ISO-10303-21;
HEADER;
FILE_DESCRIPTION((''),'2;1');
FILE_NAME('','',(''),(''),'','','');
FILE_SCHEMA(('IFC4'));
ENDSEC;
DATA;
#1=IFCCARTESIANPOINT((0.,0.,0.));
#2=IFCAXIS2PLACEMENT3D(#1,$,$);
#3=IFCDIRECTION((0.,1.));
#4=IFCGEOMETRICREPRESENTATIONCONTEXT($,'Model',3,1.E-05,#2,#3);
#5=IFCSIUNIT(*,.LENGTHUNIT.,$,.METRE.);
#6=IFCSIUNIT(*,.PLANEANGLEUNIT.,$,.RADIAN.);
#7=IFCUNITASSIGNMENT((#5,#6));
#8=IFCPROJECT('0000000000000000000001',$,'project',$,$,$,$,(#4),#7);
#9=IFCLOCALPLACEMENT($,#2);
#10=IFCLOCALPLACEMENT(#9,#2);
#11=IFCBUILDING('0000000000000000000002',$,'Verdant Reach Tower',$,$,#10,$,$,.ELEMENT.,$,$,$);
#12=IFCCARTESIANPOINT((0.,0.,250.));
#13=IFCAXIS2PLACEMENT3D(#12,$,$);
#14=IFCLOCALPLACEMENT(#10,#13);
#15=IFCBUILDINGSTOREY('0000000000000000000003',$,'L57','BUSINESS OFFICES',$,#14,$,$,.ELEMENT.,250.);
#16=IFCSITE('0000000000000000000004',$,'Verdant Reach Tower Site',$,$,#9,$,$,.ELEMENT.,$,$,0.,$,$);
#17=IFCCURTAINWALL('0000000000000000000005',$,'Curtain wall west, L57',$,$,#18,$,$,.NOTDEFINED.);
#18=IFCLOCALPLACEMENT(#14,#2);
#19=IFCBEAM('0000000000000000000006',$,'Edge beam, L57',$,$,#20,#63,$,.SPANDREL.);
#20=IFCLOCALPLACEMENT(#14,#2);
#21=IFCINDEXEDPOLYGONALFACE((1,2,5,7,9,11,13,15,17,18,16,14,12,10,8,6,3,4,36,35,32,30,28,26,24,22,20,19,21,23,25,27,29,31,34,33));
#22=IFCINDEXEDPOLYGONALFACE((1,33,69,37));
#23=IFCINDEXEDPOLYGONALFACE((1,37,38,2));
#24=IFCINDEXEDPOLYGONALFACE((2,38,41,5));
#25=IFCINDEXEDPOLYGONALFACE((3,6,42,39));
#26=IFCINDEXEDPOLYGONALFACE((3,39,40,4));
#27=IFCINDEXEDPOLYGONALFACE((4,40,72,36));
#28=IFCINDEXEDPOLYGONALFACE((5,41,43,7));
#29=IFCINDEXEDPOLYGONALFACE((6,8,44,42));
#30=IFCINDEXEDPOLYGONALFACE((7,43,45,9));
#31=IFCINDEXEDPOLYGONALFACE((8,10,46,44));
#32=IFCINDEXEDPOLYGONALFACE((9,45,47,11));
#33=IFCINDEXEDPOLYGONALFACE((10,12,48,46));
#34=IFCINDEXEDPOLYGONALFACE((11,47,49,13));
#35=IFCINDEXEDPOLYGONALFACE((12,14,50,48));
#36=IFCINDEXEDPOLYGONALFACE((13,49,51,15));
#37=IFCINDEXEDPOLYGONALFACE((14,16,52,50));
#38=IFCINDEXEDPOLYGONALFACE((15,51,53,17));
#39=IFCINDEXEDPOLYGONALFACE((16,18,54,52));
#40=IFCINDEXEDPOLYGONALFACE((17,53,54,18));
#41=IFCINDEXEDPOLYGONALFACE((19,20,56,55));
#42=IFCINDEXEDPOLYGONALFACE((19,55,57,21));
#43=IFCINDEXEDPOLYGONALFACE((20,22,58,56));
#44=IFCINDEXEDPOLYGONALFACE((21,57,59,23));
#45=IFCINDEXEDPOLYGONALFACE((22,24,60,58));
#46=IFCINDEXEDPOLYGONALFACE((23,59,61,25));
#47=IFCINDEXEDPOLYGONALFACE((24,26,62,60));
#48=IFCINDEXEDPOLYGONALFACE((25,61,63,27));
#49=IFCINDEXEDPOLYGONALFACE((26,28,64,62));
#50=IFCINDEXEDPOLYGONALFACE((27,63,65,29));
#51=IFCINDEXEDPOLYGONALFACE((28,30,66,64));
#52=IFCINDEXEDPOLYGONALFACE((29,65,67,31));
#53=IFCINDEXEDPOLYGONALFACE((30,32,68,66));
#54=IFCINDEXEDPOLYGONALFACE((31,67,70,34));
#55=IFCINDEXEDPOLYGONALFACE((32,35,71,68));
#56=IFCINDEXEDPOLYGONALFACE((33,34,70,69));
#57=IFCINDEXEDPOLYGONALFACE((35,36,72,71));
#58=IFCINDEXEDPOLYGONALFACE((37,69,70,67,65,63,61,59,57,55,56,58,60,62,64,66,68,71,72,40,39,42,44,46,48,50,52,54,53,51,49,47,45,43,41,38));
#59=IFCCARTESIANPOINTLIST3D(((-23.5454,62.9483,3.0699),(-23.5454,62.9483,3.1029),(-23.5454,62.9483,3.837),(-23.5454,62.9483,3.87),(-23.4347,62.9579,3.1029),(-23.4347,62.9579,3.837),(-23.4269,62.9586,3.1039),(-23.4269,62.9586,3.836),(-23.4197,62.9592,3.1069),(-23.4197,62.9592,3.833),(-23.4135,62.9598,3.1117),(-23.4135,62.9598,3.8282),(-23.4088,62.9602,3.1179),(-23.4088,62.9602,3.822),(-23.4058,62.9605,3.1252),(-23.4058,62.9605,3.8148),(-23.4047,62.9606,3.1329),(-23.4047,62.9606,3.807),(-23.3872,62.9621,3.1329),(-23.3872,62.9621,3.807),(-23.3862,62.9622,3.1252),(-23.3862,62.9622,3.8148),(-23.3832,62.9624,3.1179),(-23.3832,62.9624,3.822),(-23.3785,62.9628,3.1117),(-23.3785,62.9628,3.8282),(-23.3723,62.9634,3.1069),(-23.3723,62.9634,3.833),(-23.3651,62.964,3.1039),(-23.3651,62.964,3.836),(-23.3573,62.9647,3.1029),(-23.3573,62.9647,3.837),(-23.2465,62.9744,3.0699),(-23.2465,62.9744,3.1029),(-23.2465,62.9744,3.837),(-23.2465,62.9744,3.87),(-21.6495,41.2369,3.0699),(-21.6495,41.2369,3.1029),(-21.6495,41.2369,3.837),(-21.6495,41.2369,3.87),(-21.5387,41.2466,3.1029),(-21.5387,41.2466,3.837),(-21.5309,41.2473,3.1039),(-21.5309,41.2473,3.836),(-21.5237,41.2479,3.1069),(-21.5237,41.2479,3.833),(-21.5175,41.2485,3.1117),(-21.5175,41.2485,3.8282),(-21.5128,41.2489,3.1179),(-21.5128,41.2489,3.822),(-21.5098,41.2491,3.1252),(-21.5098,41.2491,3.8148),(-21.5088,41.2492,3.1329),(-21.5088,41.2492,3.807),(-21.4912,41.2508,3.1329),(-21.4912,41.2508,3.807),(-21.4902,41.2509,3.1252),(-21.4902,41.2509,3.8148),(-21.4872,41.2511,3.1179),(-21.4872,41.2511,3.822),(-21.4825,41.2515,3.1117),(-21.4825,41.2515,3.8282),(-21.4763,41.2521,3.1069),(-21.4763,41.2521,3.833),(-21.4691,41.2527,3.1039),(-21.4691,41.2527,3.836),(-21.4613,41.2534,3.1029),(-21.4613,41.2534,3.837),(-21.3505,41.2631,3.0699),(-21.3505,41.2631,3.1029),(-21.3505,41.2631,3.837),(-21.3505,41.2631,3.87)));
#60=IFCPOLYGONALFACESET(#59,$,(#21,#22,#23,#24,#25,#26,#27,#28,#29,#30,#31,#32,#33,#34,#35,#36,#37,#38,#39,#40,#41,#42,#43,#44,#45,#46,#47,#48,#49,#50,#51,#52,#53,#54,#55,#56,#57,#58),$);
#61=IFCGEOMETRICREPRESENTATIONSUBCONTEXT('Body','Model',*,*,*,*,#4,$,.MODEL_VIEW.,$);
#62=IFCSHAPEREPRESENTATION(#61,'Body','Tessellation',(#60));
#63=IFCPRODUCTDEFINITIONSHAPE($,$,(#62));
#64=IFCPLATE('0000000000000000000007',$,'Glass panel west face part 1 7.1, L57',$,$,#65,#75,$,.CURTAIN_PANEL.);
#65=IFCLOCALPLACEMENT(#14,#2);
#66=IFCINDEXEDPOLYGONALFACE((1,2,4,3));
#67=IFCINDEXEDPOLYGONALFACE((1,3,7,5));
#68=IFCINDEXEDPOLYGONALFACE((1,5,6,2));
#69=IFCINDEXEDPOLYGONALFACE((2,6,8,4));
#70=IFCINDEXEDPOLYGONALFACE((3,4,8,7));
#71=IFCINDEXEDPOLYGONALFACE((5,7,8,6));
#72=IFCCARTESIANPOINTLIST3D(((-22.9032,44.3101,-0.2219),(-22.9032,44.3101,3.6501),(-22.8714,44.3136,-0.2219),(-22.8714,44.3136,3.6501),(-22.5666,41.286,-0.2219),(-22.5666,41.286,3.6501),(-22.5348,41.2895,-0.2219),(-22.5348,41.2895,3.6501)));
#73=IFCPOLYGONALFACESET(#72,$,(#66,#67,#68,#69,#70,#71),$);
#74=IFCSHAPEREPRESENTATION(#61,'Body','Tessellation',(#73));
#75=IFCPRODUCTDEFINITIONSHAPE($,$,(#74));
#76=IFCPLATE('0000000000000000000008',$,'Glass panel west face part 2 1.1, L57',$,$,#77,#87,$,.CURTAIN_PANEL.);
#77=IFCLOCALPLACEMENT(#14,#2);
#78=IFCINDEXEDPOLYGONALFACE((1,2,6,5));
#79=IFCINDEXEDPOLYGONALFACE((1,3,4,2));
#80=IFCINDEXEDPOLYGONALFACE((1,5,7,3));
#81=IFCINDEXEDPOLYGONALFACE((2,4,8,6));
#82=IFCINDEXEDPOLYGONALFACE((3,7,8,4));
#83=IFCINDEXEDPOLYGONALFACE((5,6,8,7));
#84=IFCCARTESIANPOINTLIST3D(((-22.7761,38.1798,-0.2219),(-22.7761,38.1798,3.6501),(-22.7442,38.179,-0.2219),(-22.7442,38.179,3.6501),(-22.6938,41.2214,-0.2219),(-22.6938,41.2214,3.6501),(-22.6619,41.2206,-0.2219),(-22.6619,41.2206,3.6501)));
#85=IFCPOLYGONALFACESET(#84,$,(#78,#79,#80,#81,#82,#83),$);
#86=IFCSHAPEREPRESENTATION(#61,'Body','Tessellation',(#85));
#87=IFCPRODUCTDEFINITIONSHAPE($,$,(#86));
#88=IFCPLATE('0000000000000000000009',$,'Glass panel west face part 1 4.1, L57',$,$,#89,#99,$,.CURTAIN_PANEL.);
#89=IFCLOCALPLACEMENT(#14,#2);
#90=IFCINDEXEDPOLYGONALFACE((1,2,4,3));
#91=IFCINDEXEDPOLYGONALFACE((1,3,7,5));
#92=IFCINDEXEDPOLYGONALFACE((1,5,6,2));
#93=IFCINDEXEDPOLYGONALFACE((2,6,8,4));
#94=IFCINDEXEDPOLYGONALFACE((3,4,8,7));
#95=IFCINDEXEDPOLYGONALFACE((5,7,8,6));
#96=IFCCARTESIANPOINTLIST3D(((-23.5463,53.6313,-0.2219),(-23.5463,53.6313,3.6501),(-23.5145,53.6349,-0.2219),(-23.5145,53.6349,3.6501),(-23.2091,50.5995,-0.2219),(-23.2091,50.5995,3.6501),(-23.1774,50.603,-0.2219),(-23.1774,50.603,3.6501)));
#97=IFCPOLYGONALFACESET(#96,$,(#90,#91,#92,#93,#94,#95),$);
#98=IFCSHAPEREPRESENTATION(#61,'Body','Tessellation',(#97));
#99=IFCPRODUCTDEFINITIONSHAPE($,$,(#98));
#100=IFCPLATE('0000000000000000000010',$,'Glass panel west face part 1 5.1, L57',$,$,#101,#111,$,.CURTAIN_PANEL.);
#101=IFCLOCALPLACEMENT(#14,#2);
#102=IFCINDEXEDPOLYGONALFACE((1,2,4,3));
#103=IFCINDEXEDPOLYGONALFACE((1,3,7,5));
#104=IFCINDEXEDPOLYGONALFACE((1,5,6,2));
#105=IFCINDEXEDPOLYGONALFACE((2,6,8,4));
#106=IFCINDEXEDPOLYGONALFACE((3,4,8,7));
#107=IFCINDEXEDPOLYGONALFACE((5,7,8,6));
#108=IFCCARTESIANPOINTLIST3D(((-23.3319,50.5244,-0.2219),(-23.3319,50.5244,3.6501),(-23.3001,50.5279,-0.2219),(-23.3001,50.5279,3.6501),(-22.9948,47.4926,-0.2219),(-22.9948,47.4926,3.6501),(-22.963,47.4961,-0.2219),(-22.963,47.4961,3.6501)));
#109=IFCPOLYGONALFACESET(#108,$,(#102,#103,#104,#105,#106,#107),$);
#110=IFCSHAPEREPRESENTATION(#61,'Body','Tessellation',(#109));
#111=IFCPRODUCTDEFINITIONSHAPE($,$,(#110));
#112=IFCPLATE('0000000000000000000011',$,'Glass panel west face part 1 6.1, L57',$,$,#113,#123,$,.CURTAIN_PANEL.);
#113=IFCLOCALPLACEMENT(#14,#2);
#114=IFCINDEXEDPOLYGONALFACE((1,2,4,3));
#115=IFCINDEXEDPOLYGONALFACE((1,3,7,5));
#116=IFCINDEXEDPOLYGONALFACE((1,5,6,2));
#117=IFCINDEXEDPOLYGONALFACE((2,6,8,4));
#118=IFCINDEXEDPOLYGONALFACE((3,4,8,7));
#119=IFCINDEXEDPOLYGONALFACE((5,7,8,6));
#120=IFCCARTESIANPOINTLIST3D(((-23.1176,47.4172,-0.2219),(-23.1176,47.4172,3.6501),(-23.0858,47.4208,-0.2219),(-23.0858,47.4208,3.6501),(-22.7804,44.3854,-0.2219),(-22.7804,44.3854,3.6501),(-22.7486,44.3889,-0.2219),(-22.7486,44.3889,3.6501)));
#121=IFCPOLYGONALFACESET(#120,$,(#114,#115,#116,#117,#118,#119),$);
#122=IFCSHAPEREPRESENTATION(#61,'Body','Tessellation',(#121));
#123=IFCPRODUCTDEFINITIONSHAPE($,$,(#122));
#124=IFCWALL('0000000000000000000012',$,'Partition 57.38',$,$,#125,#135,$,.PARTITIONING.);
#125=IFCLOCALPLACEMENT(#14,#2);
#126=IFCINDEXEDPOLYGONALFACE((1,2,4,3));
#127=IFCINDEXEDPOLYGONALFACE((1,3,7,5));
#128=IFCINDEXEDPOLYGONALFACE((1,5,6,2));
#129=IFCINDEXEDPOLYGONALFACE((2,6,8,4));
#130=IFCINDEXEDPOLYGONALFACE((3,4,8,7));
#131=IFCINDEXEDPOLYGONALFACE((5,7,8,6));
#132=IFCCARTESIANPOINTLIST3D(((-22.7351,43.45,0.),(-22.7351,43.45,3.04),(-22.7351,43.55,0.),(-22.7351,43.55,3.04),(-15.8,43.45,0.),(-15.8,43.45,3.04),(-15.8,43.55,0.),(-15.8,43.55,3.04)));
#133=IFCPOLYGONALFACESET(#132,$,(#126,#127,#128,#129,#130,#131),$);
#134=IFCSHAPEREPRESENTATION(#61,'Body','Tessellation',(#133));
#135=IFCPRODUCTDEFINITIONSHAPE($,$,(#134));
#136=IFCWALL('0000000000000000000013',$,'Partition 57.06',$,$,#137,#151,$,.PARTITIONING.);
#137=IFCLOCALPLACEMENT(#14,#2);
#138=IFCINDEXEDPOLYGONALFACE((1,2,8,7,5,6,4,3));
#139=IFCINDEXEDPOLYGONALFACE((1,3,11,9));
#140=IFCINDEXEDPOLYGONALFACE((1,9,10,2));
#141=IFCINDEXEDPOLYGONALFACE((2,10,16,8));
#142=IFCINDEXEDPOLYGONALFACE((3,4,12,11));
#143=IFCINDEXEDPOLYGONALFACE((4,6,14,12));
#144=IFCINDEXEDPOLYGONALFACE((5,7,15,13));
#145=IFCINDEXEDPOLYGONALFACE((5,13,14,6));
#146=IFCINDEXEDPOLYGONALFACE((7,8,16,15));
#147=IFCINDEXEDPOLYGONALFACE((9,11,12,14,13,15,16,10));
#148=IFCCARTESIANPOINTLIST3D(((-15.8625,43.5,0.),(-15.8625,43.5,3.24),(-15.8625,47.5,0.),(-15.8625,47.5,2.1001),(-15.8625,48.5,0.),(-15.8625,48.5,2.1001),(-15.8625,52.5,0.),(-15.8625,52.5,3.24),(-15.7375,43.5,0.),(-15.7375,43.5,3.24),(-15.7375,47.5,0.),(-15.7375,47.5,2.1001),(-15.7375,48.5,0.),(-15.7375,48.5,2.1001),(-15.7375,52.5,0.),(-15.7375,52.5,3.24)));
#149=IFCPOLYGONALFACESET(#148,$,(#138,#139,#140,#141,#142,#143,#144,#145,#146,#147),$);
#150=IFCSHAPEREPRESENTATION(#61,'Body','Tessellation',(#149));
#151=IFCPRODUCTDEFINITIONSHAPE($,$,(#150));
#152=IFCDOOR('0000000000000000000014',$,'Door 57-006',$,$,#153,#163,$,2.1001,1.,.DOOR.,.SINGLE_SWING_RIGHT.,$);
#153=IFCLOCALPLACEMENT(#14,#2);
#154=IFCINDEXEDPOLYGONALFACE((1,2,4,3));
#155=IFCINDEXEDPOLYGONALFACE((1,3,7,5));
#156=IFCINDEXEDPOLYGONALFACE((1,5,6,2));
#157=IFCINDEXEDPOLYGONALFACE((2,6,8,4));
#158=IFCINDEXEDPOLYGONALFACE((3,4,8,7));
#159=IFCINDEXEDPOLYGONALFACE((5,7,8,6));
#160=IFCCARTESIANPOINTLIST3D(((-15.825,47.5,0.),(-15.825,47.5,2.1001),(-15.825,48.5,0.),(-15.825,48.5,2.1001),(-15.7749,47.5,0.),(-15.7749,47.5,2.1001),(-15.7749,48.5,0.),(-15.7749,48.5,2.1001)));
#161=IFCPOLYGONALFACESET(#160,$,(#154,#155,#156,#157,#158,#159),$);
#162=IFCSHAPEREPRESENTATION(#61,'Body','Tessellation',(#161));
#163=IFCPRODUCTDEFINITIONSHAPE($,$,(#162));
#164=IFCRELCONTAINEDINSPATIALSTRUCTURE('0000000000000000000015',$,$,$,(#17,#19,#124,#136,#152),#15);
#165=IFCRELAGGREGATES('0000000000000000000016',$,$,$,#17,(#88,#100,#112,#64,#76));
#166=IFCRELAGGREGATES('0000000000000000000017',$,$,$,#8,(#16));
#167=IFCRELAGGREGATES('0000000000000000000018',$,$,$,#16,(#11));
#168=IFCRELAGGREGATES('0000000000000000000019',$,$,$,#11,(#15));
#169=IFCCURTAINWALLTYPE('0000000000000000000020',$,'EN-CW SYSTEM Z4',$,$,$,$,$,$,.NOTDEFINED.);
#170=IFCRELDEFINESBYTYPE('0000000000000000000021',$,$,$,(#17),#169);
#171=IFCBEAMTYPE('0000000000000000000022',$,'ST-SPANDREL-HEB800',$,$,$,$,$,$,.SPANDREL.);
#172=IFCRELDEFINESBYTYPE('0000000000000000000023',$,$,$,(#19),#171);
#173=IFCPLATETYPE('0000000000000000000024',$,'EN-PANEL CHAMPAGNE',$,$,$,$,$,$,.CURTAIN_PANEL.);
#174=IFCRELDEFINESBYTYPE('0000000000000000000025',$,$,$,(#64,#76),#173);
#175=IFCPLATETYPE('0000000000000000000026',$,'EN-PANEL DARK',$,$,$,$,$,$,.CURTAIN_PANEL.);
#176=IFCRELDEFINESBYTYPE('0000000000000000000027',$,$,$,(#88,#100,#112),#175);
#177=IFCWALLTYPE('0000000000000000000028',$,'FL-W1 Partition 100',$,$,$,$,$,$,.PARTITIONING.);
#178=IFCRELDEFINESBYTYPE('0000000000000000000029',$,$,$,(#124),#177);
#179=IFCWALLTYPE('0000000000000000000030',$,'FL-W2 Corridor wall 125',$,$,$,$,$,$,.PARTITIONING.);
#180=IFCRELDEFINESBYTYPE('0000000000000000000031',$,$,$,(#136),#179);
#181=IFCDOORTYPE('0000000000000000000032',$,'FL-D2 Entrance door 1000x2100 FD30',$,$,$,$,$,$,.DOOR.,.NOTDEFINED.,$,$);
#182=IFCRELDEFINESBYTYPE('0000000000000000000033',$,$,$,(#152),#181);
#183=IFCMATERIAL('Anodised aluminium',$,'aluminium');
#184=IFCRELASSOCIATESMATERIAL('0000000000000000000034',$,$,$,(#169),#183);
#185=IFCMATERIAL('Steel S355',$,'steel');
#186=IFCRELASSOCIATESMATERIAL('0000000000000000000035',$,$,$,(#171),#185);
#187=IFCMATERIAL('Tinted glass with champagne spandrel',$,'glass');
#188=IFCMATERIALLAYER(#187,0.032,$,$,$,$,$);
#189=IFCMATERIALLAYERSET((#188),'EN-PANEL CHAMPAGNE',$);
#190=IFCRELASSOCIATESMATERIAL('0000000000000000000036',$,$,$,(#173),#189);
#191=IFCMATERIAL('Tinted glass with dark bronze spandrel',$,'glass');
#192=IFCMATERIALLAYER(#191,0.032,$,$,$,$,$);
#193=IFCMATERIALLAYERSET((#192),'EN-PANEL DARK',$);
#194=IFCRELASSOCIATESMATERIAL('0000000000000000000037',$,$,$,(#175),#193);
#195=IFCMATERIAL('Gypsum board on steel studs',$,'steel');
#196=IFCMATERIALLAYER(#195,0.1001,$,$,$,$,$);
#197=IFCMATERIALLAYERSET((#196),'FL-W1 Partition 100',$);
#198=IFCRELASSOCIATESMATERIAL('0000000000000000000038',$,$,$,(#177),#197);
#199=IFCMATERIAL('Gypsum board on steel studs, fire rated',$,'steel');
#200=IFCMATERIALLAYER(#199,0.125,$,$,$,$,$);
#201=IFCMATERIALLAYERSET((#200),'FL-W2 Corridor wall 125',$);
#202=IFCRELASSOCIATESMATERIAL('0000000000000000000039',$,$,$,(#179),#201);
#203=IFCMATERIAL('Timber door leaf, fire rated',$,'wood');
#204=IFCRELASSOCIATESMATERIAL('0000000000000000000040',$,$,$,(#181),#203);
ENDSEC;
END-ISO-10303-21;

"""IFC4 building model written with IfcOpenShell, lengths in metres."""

from ifc_helpers import new_model, si_unit, direction, frame, frame_2d, origin, origin_2d, place, context, subcontext, project, spatial, rectangle, i_section, extrude, material, layer, layer_set, material_profile, profile_set, type_object, element, fill, aggregate, save


model = new_model("IFC4")

# Units and contexts
model_context = context("Model", 3, precision=1e-05, world=origin(), true_north=direction((0.0, 1.0)))
body_context = subcontext(model_context, "Body", "Model", "MODEL_VIEW")
ifc_project = project(units=[si_unit("LENGTHUNIT", "METRE"), si_unit("PLANEANGLEUNIT", "RADIAN")], contexts=[model_context])

# Site, building, storey
site_placement = place(None, origin())
site = spatial("IfcSite", under=ifc_project, at=site_placement, Name="Verdant Reach Tower Site", CompositionType="ELEMENT", RefElevation=0.0)
building_placement = place(site_placement, origin())
building = spatial("IfcBuilding", under=site, at=building_placement, Name="Verdant Reach Tower", CompositionType="ELEMENT")
storey_placement = place(building_placement, frame((0.0, 0.0, 250.0)))
storey = spatial("IfcBuildingStorey", under=building, at=storey_placement, Name="L57", Description="BUSINESS OFFICES", CompositionType="ELEMENT", Elevation=250.0)

# Curtain wall
ifc_material_1 = material(Name="Anodised aluminium", Category="aluminium")
curtain_wall_type = type_object("IfcCurtainWallType", Name="EN-CW SYSTEM Z4", PredefinedType="NOTDEFINED", material=ifc_material_1)
curtain_wall_placement = place(storey_placement, origin())
curtain_wall = element("IfcCurtainWall", 1, at=curtain_wall_placement, inside=storey, type_object=curtain_wall_type, Name="Curtain wall west, L57", PredefinedType="NOTDEFINED")

# Beam
ifc_material_2 = material(Name="Steel S355", Category="steel")
ifc_material_profile_1 = material_profile(ifc_material_2, i_section(OverallWidth=0.3, OverallDepth=0.8, WebThickness=0.0176, FlangeThickness=0.033, FilletRadius=0.03, at=origin_2d()), Name="HEB 800")
ifc_profile_set_1 = profile_set([ifc_material_profile_1], Name="Steel S355")
beam_type_1 = type_object("IfcBeamType", Name="ST-SPANDREL-HEB800", PredefinedType="SPANDREL", material=ifc_profile_set_1)
beam_1_placement = place(storey_placement, frame((-21.5, 41.25, 3.47), z_axis=(-0.086996, 0.996209, 0.0), x_axis=(-0.996209, -0.086996, 0.0)))
element("IfcBeam", 2, at=beam_1_placement, inside=storey, type_object=beam_type_1, Name="Edge beam, L57", PredefinedType="SPANDREL", context=body_context, shape_type="SweptSolid", body=[
    extrude(i_section(OverallWidth=0.3, OverallDepth=0.8, WebThickness=0.0176, FlangeThickness=0.033, FilletRadius=0.03, at=origin_2d()), origin(), (0.0, 0.0, 1.0), 21.7939),
])

# Plates
ifc_material_3 = material(Name="Tinted glass with champagne spandrel", Category="glass")
ifc_layer_1 = layer(ifc_material_3, 0.032)
ifc_layer_set_1 = layer_set([ifc_layer_1], Name="EN-PANEL CHAMPAGNE")
plate_type_1 = type_object("IfcPlateType", Name="EN-PANEL CHAMPAGNE", PredefinedType="CURTAIN_PANEL", material=ifc_layer_set_1)
plate_1_placement = place(storey_placement, frame((-22.719, 42.7998, -0.2219), z_axis=(0.0, 0.0, 1.0), x_axis=(0.110603, -0.993865, 0.0)))
plate_1 = element("IfcPlate", 3, at=plate_1_placement, type_object=plate_type_1, Name="Glass panel west face part 1 7.1, L57", PredefinedType="CURTAIN_PANEL", context=body_context, shape_type="SweptSolid", body=[
    extrude(rectangle(XDim=3.0427, YDim=0.032, at=origin_2d()), origin(), (0.0, 0.0, 1.0), 3.8721),
])
plate_2_placement = place(storey_placement, frame((-22.719, 39.7002, -0.2219), z_axis=(0.0, 0.0, 1.0), x_axis=(-0.027051, -0.999634, 0.0)))
plate_2 = element("IfcPlate", 4, at=plate_2_placement, type_object=plate_type_1, Name="Glass panel west face part 2 1.1, L57", PredefinedType="CURTAIN_PANEL", context=body_context, shape_type="SweptSolid", body=[
    extrude(rectangle(XDim=3.0427, YDim=0.032, at=origin_2d()), origin(), (0.0, 0.0, 1.0), 3.8721),
])
ifc_material_4 = material(Name="Tinted glass with dark bronze spandrel", Category="glass")
ifc_layer_2 = layer(ifc_material_4, 0.032)
ifc_layer_set_2 = layer_set([ifc_layer_2], Name="EN-PANEL DARK")
plate_type_2 = type_object("IfcPlateType", Name="EN-PANEL DARK", PredefinedType="CURTAIN_PANEL", material=ifc_layer_set_2)
plate_3_placement = place(storey_placement, frame((-23.3618, 52.1172, -0.2219), z_axis=(0.0, 0.0, 1.0), x_axis=(0.110518, -0.993874, 0.0)))
plate_3 = element("IfcPlate", 5, at=plate_3_placement, type_object=plate_type_2, Name="Glass panel west face part 1 4.1, L57", PredefinedType="CURTAIN_PANEL", context=body_context, shape_type="SweptSolid", body=[
    extrude(rectangle(XDim=3.0505, YDim=0.032, at=origin_2d()), origin(), (0.0, 0.0, 1.0), 3.8721),
])
plate_4_placement = place(storey_placement, frame((-23.1475, 49.0103, -0.2219), z_axis=(0.0, 0.0, 1.0), x_axis=(0.110518, -0.993874, 0.0)))
plate_4 = element("IfcPlate", 6, at=plate_4_placement, type_object=plate_type_2, Name="Glass panel west face part 1 5.1, L57", PredefinedType="CURTAIN_PANEL", context=body_context, shape_type="SweptSolid", body=[
    extrude(rectangle(XDim=3.0505, YDim=0.032, at=origin_2d()), origin(), (0.0, 0.0, 1.0), 3.8721),
])
plate_5_placement = place(storey_placement, frame((-22.9331, 45.9031, -0.2219), z_axis=(0.0, 0.0, 1.0), x_axis=(0.110518, -0.993874, 0.0)))
plate_5 = element("IfcPlate", 7, at=plate_5_placement, type_object=plate_type_2, Name="Glass panel west face part 1 6.1, L57", PredefinedType="CURTAIN_PANEL", context=body_context, shape_type="SweptSolid", body=[
    extrude(rectangle(XDim=3.0505, YDim=0.032, at=origin_2d()), origin(), (0.0, 0.0, 1.0), 3.8721),
])
aggregate(curtain_wall, [plate_3, plate_4, plate_5, plate_1, plate_2])

# Wall
ifc_material_5 = material(Name="Gypsum board on steel studs", Category="steel")
ifc_layer_3 = layer(ifc_material_5, 0.1001)
ifc_layer_set_3 = layer_set([ifc_layer_3], Name="FL-W1 Partition 100")
wall_type_1 = type_object("IfcWallType", Name="FL-W1 Partition 100", PredefinedType="PARTITIONING", material=ifc_layer_set_3)
wall_1_placement = place(storey_placement, frame((-15.8, 43.5, 0.0), z_axis=(0.0, 0.0, 1.0), x_axis=(-1.0, 0.0, 0.0)))
element("IfcWall", 8, at=wall_1_placement, inside=storey, type_object=wall_type_1, Name="Partition 57.38", PredefinedType="PARTITIONING", context=body_context, shape_type="SweptSolid", body=[
    extrude(rectangle(XDim=6.9351, YDim=0.1001, at=frame_2d((3.4675, 0.0))), origin(), (0.0, 0.0, 1.0), 3.04),
])

# Wall, opening, door
ifc_material_6 = material(Name="Gypsum board on steel studs, fire rated", Category="steel")
ifc_layer_4 = layer(ifc_material_6, 0.125)
ifc_layer_set_4 = layer_set([ifc_layer_4], Name="FL-W2 Corridor wall 125")
wall_type_2 = type_object("IfcWallType", Name="FL-W2 Corridor wall 125", PredefinedType="PARTITIONING", material=ifc_layer_set_4)
wall_2_placement = place(storey_placement, frame((-15.8, 43.5, 0.0), z_axis=(0.0, 0.0, 1.0), x_axis=(0.0, 1.0, 0.0)))
wall_2 = element("IfcWall", 9, at=wall_2_placement, inside=storey, type_object=wall_type_2, Name="Partition 57.06", PredefinedType="PARTITIONING", context=body_context, shape_type="SweptSolid", body=[
    extrude(rectangle(XDim=9.0, YDim=0.125, at=frame_2d((4.5, 0.0))), origin(), (0.0, 0.0, 1.0), 3.24),
])
opening_1_placement = place(wall_2_placement, frame((4.0, 0.0, 0.0)))
opening_1 = element("IfcOpeningElement", 10, at=opening_1_placement, cuts=wall_2, PredefinedType="OPENING", context=body_context, shape_type="SweptSolid", body=[
    extrude(rectangle(XDim=1.0, YDim=2.1001, at=frame_2d((0.5, 1.05))), frame((0.0, 0.0725, 0.0), z_axis=(0.0, -1.0, 0.0), x_axis=(1.0, 0.0, 0.0)), (0.0, 0.0, 1.0), 0.145),
])
ifc_material_7 = material(Name="Timber door leaf, fire rated", Category="wood")
door_type = type_object("IfcDoorType", Name="FL-D2 Entrance door 1000x2100 FD30", OperationType="NOTDEFINED", PredefinedType="DOOR", material=ifc_material_7)
door_1_placement = place(opening_1_placement, origin())
door_1 = element("IfcDoor", 11, at=door_1_placement, inside=storey, type_object=door_type, Name="Door 57-006", OperationType="SINGLE_SWING_RIGHT", OverallHeight=2.1001, OverallWidth=1.0, PredefinedType="DOOR", context=body_context, shape_type="SweptSolid", body=[
    extrude(rectangle(XDim=1.0, YDim=2.1001, at=frame_2d((0.5, 1.05))), frame((0.0, 0.0249, 0.0), z_axis=(0.0, -1.0, 0.0), x_axis=(1.0, 0.0, 0.0)), (0.0, 0.0, 1.0), 0.05),
])
fill(opening_1, door_1)

save(model, "model.ifc")
